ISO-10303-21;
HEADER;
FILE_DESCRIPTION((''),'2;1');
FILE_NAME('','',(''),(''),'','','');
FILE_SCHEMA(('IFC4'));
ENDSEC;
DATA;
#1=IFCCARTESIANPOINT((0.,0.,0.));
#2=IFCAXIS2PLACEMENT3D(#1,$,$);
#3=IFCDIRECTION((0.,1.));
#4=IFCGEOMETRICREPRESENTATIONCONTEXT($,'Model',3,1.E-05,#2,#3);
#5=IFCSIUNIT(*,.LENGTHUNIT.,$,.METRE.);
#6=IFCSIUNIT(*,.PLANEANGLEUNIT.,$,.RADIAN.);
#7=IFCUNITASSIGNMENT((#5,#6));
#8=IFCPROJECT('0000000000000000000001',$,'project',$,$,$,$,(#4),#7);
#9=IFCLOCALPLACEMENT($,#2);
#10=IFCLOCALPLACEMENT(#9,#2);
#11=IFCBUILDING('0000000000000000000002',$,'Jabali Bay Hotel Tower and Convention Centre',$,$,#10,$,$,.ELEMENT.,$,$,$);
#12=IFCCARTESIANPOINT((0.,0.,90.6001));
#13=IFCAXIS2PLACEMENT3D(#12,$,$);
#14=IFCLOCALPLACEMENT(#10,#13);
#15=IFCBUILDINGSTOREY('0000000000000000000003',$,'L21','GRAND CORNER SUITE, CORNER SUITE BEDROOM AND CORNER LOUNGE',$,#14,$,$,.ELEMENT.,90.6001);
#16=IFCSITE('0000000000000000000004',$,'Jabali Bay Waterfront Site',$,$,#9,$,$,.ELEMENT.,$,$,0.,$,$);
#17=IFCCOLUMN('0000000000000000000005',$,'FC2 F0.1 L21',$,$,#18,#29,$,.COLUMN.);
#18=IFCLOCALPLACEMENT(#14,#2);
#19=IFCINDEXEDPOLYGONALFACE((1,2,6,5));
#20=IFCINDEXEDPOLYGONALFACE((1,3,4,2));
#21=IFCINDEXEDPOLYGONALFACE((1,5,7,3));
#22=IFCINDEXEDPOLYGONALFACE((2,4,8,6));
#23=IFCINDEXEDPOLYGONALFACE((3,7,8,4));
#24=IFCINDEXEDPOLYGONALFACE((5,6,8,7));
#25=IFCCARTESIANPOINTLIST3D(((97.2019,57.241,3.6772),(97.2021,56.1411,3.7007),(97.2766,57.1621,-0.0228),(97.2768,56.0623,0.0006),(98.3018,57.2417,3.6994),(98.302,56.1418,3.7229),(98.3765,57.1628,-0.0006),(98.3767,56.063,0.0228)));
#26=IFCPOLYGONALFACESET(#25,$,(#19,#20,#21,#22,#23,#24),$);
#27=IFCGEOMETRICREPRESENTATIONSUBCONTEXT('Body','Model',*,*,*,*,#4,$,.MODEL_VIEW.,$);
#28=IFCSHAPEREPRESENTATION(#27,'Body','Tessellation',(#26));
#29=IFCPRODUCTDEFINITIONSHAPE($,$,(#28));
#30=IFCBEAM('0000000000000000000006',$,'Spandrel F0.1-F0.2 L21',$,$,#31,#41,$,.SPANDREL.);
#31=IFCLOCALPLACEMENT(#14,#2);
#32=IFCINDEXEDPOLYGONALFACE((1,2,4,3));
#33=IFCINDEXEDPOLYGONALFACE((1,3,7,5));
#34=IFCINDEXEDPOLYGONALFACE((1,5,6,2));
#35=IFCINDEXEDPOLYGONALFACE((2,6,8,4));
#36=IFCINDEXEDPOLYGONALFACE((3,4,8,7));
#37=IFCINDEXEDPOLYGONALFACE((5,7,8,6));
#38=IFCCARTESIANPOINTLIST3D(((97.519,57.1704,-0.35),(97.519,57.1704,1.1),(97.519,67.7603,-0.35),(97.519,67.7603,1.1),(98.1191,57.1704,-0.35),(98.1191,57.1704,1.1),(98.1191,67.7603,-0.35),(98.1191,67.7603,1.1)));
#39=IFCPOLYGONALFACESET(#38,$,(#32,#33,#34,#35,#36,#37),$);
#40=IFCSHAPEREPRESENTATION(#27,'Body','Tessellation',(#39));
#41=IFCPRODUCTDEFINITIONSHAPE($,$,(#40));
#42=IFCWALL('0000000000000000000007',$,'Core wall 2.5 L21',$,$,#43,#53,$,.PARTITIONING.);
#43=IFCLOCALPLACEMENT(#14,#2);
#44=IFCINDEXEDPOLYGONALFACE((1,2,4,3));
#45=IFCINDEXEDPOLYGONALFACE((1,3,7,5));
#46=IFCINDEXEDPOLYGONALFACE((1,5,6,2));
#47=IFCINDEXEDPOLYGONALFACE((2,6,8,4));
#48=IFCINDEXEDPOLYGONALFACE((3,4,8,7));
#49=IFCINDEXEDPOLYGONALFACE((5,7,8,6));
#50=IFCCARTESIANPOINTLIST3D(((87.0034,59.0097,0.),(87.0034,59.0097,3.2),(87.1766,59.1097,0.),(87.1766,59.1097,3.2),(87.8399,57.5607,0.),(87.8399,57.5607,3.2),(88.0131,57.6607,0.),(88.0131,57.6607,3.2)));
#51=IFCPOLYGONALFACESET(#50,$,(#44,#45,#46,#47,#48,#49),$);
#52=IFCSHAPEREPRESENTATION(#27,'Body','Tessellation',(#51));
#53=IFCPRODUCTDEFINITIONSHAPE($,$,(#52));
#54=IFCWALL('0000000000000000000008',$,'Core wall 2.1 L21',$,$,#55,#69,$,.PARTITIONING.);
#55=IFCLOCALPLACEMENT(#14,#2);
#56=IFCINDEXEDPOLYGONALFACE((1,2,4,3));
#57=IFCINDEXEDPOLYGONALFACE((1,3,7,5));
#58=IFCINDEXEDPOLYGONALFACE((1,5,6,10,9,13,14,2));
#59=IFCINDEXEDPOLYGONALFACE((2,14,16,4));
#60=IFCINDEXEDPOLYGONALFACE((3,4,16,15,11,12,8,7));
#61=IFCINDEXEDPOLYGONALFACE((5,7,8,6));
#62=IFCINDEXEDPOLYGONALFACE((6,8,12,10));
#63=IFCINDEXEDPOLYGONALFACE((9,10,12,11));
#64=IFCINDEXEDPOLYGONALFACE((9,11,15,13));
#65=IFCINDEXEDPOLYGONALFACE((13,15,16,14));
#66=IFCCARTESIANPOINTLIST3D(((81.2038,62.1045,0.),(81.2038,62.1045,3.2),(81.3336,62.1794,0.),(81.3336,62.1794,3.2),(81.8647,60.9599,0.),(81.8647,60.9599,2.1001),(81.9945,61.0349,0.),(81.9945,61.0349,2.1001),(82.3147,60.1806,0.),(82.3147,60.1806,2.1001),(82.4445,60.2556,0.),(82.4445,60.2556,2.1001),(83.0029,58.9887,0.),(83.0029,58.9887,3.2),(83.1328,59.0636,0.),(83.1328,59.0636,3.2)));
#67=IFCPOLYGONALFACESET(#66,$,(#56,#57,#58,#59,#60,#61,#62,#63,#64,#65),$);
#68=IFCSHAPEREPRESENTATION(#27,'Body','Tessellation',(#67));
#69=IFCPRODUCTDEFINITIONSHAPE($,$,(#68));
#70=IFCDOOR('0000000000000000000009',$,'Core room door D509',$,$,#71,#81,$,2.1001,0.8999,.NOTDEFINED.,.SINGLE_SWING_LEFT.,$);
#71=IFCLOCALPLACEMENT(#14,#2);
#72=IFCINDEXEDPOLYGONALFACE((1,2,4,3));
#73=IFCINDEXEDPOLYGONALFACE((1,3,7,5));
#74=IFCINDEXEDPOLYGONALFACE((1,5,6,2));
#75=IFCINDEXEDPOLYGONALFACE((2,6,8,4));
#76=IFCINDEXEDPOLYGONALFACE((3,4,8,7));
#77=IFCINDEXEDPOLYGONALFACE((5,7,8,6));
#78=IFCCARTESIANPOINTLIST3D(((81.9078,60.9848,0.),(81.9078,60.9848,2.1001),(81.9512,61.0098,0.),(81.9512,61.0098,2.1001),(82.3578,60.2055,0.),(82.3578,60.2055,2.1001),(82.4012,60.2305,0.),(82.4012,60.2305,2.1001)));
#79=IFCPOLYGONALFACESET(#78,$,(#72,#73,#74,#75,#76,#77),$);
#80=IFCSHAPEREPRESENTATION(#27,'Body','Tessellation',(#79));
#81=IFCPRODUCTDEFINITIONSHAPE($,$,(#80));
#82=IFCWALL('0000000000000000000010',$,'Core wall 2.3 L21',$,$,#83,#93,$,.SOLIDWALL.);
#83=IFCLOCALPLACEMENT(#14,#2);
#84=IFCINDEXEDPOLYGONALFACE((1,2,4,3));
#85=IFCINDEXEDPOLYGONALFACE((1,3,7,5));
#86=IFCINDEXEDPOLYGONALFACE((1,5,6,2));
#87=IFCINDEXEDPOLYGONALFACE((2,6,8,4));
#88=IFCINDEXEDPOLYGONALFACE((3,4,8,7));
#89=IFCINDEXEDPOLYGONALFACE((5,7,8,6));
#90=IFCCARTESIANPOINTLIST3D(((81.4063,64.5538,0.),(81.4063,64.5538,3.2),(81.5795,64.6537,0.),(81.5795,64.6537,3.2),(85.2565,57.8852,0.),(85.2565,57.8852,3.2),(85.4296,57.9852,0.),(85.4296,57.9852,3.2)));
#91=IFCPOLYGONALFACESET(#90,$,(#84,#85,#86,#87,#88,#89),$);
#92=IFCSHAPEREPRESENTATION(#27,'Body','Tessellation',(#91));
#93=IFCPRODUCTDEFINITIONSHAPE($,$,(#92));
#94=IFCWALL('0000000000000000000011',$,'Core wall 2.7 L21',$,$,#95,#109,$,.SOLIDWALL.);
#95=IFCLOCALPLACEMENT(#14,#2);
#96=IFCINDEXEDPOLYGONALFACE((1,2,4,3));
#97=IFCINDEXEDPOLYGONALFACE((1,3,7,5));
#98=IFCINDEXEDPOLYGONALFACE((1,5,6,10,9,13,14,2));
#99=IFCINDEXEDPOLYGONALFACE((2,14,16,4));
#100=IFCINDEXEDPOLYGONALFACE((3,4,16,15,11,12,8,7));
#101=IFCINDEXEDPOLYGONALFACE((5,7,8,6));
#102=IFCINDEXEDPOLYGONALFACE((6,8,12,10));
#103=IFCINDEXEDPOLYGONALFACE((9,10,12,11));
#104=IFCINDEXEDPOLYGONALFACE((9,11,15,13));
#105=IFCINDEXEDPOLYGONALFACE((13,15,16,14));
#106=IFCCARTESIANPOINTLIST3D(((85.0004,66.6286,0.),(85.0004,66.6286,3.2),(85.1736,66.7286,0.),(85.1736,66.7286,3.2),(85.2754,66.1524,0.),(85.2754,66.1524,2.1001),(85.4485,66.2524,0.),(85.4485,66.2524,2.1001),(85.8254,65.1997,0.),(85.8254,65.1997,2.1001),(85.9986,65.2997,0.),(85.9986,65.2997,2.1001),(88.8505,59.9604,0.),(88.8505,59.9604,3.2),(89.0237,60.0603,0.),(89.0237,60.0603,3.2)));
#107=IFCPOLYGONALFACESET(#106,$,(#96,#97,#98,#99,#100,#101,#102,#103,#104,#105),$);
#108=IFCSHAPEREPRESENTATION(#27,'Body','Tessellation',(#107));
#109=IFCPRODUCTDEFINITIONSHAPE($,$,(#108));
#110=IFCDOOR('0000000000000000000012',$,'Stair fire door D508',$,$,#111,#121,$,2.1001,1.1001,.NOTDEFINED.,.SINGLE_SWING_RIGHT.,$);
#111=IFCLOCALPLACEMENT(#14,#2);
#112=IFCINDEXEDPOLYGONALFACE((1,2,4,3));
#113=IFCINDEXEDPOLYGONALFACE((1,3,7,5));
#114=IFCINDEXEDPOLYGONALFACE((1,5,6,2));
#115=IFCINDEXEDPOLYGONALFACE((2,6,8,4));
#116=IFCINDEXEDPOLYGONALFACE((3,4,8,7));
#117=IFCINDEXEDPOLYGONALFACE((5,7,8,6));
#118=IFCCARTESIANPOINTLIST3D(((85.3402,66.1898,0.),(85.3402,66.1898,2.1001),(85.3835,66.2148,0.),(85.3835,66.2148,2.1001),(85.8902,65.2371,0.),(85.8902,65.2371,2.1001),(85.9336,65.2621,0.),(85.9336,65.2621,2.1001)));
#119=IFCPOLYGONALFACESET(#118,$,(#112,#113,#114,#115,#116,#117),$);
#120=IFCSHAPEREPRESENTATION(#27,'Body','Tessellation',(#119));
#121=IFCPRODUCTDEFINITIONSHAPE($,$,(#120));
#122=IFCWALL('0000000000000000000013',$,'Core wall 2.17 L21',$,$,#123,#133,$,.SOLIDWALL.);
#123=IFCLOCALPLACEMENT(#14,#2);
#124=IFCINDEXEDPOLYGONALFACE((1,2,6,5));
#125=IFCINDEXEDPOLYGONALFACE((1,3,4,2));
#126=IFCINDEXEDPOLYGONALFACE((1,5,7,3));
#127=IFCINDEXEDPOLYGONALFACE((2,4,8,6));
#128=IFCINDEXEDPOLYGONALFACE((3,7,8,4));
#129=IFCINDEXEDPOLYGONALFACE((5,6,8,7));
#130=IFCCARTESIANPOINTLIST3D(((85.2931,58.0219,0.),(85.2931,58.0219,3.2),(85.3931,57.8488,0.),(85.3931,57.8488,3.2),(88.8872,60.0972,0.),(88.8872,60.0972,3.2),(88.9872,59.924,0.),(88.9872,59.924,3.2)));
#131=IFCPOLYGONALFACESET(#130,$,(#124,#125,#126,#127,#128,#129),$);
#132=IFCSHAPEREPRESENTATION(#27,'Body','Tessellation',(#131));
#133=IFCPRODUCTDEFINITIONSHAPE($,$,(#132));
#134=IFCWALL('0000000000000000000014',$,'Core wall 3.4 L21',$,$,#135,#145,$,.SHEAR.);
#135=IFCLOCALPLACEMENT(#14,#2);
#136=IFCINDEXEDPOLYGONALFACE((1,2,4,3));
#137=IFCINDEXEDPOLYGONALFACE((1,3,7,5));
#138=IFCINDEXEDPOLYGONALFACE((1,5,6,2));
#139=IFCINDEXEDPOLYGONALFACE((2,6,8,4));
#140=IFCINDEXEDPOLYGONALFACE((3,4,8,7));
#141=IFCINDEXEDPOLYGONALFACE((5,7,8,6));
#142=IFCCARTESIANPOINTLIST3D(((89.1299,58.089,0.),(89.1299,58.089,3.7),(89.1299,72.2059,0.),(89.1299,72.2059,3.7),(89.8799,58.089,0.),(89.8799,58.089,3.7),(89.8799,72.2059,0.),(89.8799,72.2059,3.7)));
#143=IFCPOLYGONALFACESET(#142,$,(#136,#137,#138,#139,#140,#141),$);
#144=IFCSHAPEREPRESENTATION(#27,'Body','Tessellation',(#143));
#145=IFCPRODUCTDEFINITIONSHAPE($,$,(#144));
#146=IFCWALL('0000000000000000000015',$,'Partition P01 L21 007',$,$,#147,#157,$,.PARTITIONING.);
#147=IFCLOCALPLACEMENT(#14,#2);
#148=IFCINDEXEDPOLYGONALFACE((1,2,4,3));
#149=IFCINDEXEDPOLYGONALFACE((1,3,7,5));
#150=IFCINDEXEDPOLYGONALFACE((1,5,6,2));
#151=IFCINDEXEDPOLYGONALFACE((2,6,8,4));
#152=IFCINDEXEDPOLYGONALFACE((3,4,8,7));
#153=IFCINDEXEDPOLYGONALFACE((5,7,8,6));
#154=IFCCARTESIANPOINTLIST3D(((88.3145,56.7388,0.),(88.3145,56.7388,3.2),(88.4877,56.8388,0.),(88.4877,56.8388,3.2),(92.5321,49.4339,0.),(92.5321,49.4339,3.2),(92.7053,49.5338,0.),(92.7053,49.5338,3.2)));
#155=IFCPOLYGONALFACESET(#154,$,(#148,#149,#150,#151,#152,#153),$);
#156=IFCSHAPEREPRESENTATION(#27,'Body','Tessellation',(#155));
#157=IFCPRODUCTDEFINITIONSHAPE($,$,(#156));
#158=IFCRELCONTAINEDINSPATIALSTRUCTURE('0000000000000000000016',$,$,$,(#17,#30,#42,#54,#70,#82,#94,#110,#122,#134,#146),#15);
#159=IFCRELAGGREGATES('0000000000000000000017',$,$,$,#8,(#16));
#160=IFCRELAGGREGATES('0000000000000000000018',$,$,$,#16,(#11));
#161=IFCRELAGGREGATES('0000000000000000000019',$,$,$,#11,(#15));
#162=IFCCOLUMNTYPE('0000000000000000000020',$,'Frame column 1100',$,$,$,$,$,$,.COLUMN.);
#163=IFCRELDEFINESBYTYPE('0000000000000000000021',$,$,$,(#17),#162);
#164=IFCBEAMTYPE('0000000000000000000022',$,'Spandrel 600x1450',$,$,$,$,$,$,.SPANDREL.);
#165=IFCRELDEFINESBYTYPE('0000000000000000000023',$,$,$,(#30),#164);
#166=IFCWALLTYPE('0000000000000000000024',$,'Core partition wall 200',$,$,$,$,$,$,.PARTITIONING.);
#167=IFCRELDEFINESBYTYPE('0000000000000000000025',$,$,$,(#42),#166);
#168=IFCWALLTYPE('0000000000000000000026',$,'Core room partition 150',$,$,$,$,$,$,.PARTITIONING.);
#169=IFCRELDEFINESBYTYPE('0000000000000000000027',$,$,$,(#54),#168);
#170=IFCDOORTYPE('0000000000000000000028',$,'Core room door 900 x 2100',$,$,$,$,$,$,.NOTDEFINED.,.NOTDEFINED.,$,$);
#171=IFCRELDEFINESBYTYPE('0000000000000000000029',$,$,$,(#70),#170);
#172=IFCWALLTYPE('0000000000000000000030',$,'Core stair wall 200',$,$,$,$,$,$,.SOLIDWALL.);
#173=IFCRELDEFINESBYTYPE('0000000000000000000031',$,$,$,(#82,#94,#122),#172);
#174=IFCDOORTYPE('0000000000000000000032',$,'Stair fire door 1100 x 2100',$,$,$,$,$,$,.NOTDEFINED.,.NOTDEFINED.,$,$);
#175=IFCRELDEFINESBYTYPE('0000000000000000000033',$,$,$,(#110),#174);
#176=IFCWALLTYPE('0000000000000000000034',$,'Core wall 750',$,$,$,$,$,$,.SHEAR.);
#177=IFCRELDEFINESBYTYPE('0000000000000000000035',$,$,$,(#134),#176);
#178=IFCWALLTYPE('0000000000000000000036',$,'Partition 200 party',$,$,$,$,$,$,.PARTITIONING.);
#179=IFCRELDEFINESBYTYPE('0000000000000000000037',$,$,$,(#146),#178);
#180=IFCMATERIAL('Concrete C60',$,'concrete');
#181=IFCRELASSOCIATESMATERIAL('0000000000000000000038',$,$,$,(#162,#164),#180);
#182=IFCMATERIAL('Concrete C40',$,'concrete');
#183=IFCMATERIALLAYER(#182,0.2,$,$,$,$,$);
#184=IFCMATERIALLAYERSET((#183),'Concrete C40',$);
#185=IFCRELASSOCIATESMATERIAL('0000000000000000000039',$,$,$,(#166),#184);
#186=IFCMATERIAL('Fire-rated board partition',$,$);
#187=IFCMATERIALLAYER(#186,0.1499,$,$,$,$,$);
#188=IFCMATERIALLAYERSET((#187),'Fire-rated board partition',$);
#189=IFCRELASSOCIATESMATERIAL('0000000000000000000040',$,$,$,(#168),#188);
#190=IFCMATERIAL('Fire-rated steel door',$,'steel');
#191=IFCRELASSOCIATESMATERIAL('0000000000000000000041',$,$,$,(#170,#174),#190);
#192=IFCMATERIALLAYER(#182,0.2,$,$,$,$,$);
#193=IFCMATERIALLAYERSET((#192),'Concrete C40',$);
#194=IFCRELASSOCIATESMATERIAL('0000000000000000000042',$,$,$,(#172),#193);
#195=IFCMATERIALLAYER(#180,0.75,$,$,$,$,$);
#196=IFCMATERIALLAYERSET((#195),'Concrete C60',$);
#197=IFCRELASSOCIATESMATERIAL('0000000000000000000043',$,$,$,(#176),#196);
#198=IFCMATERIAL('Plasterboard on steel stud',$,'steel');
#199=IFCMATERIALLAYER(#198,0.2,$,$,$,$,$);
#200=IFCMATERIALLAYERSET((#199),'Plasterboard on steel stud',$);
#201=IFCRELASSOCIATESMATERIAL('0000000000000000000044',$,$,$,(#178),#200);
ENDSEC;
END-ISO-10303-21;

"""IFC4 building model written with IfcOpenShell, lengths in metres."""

from ifc_helpers import new_model, si_unit, direction, frame, frame_2d, origin, origin_2d, place, context, subcontext, project, spatial, rectangle, extrude, material, layer, layer_set, material_profile, profile_set, type_object, element, fill, save


model = new_model("IFC4")

# Units and contexts
model_context = context("Model", 3, precision=1e-05, world=origin(), true_north=direction((0.0, 1.0)))
body_context = subcontext(model_context, "Body", "Model", "MODEL_VIEW")
ifc_project = project(units=[si_unit("LENGTHUNIT", "METRE"), si_unit("PLANEANGLEUNIT", "RADIAN")], contexts=[model_context])

# Site, building, storey
site_placement = place(None, origin())
site = spatial("IfcSite", under=ifc_project, at=site_placement, Name="Jabali Bay Waterfront Site", CompositionType="ELEMENT", RefElevation=0.0)
building_placement = place(site_placement, origin())
building = spatial("IfcBuilding", under=site, at=building_placement, Name="Jabali Bay Hotel Tower and Convention Centre", CompositionType="ELEMENT")
storey_placement = place(building_placement, frame((0.0, 0.0, 90.6001)))
storey = spatial("IfcBuildingStorey", under=building, at=storey_placement, Name="L21", Description="GRAND CORNER SUITE, CORNER SUITE BEDROOM AND CORNER LOUNGE", CompositionType="ELEMENT", Elevation=90.6001)

# Column
ifc_material_1 = material(Name="Concrete C60", Category="concrete")
ifc_material_profile_1 = material_profile(ifc_material_1, rectangle(XDim=1.1001, YDim=1.1001, at=origin_2d()), Name="Frame column 1100")
ifc_profile_set_1 = profile_set([ifc_material_profile_1], Name="Concrete C60")
column_type = type_object("IfcColumnType", Name="Frame column 1100", PredefinedType="COLUMN", material=ifc_profile_set_1)
column_placement = place(storey_placement, frame((97.8267, 56.6125, 0.0), z_axis=(-0.020183, 0.021304, 0.999569), x_axis=(0.000228, -0.999773, 0.021313)))
element("IfcColumn", 1, at=column_placement, inside=storey, type_object=column_type, Name="FC2 F0.1 L21", PredefinedType="COLUMN", context=body_context, shape_type="SweptSolid", body=[
    extrude(rectangle(XDim=1.1001, YDim=1.1001, at=origin_2d()), origin(), (0.0, 0.0, 1.0), 3.7017),
])

# Beam
ifc_material_profile_2 = material_profile(ifc_material_1, rectangle(XDim=0.6001, YDim=1.45, at=origin_2d()), Name="Spandrel 600x1450")
ifc_profile_set_2 = profile_set([ifc_material_profile_2], Name="Concrete C60")
beam_type = type_object("IfcBeamType", Name="Spandrel 600x1450", PredefinedType="SPANDREL", material=ifc_profile_set_2)
beam_placement = place(storey_placement, frame((97.8191, 57.1704, 0.375), z_axis=(0.0, 1.0, 0.0), x_axis=(-1.0, 0.0, 0.0)))
element("IfcBeam", 2, at=beam_placement, inside=storey, type_object=beam_type, Name="Spandrel F0.1-F0.2 L21", PredefinedType="SPANDREL", context=body_context, shape_type="SweptSolid", body=[
    extrude(rectangle(XDim=0.6001, YDim=1.45, at=origin_2d()), origin(), (0.0, 0.0, 1.0), 10.5898),
])

# Wall
ifc_material_2 = material(Name="Concrete C40", Category="concrete")
ifc_layer_1 = layer(ifc_material_2, 0.2)
ifc_layer_set_1 = layer_set([ifc_layer_1], Name="Concrete C40")
wall_type_1 = type_object("IfcWallType", Name="Core partition wall 200", PredefinedType="PARTITIONING", material=ifc_layer_set_1)
wall_1_placement = place(storey_placement, frame((87.0901, 59.0596, 0.0), z_axis=(0.0, 0.0, 1.0), x_axis=(0.499937, -0.866062, 0.0)))
element("IfcWall", 3, at=wall_1_placement, inside=storey, type_object=wall_type_1, Name="Core wall 2.5 L21", PredefinedType="PARTITIONING", context=body_context, shape_type="SweptSolid", body=[
    extrude(rectangle(XDim=1.6731, YDim=0.2, at=frame_2d((0.8364, 0.0))), origin(), (0.0, 0.0, 1.0), 3.2),
])

# Wall, opening, door
ifc_material_3 = material(Name="Fire-rated board partition")
ifc_layer_2 = layer(ifc_material_3, 0.1499)
ifc_layer_set_2 = layer_set([ifc_layer_2], Name="Fire-rated board partition")
wall_type_2 = type_object("IfcWallType", Name="Core room partition 150", PredefinedType="PARTITIONING", material=ifc_layer_set_2)
wall_2_placement = place(storey_placement, frame((81.2688, 62.1418, 0.0), z_axis=(0.0, 0.0, 1.0), x_axis=(0.500044, -0.866, 0.0)))
wall_2 = element("IfcWall", 4, at=wall_2_placement, inside=storey, type_object=wall_type_2, Name="Core wall 2.1 L21", PredefinedType="PARTITIONING", context=body_context, shape_type="SweptSolid", body=[
    extrude(rectangle(XDim=3.5979, YDim=0.1499, at=frame_2d((1.7988, 0.0))), origin(), (0.0, 0.0, 1.0), 3.2),
])
opening_1_placement = place(wall_2_placement, frame((1.3215, 0.0, 0.0)))
opening_1 = element("IfcOpeningElement", 5, at=opening_1_placement, cuts=wall_2, PredefinedType="OPENING", context=body_context, shape_type="SweptSolid", body=[
    extrude(rectangle(XDim=0.8999, YDim=2.1001, at=frame_2d((0.45, 1.05))), frame((0.0, 0.0854, 0.0), z_axis=(0.0, -1.0, 0.0), x_axis=(1.0, 0.0, 0.0)), (0.0, 0.0, 1.0), 0.1709),
])
ifc_material_4 = material(Name="Fire-rated steel door", Category="steel")
door_type_1 = type_object("IfcDoorType", Name="Core room door 900 x 2100", OperationType="NOTDEFINED", PredefinedType="NOTDEFINED", material=ifc_material_4)
door_1_placement = place(opening_1_placement, origin())
door_1 = element("IfcDoor", 6, at=door_1_placement, inside=storey, type_object=door_type_1, Name="Core room door D509", OperationType="SINGLE_SWING_LEFT", OverallHeight=2.1001, OverallWidth=0.8999, PredefinedType="NOTDEFINED", context=body_context, shape_type="SweptSolid", body=[
    extrude(rectangle(XDim=0.8999, YDim=2.1001, at=frame_2d((0.45, 1.05))), frame((0.0, 0.0249, 0.0), z_axis=(0.0, -1.0, 0.0), x_axis=(1.0, 0.0, 0.0)), (0.0, 0.0, 1.0), 0.05),
])
fill(opening_1, door_1)

# Wall
ifc_layer_3 = layer(ifc_material_2, 0.2)
ifc_layer_set_3 = layer_set([ifc_layer_3], Name="Concrete C40")
wall_type_3 = type_object("IfcWallType", Name="Core stair wall 200", PredefinedType="SOLIDWALL", material=ifc_layer_set_3)
wall_3_placement = place(storey_placement, frame((81.4929, 64.6038, 0.0), z_axis=(0.0, 0.0, 1.0), x_axis=(0.500006, -0.866022, 0.0)))
element("IfcWall", 7, at=wall_3_placement, inside=storey, type_object=wall_type_3, Name="Core wall 2.3 L21", PredefinedType="SOLIDWALL", context=body_context, shape_type="SweptSolid", body=[
    extrude(rectangle(XDim=7.7002, YDim=0.2, at=frame_2d((3.8501, 0.0))), origin(), (0.0, 0.0, 1.0), 3.2),
])

# Wall, opening, door
wall_4_placement = place(storey_placement, frame((85.0869, 66.6787, 0.0), z_axis=(0.0, 0.0, 1.0), x_axis=(0.50002, -0.866014, 0.0)))
wall_4 = element("IfcWall", 8, at=wall_4_placement, inside=storey, type_object=wall_type_3, Name="Core wall 2.7 L21", PredefinedType="SOLIDWALL", context=body_context, shape_type="SweptSolid", body=[
    extrude(rectangle(XDim=7.7, YDim=0.2, at=frame_2d((3.8501, 0.0))), origin(), (0.0, 0.0, 1.0), 3.2),
])
opening_2_placement = place(wall_4_placement, frame((0.55, 0.0, 0.0)))
opening_2 = element("IfcOpeningElement", 9, at=opening_2_placement, cuts=wall_4, PredefinedType="OPENING", context=body_context, shape_type="SweptSolid", body=[
    extrude(rectangle(XDim=1.1001, YDim=2.1001, at=frame_2d((0.55, 1.05))), frame((0.0, 0.1104, 0.0), z_axis=(0.0, -1.0, 0.0), x_axis=(1.0, 0.0, 0.0)), (0.0, 0.0, 1.0), 0.2209),
])
door_type_2 = type_object("IfcDoorType", Name="Stair fire door 1100 x 2100", OperationType="NOTDEFINED", PredefinedType="NOTDEFINED", material=ifc_material_4)
door_2_placement = place(opening_2_placement, origin())
door_2 = element("IfcDoor", 10, at=door_2_placement, inside=storey, type_object=door_type_2, Name="Stair fire door D508", OperationType="SINGLE_SWING_RIGHT", OverallHeight=2.1001, OverallWidth=1.1001, PredefinedType="NOTDEFINED", context=body_context, shape_type="SweptSolid", body=[
    extrude(rectangle(XDim=1.1001, YDim=2.1001, at=frame_2d((0.55, 1.05))), frame((0.0, 0.0249, 0.0), z_axis=(0.0, -1.0, 0.0), x_axis=(1.0, 0.0, 0.0)), (0.0, 0.0, 1.0), 0.05),
])
fill(opening_2, door_2)

# Walls
wall_5_placement = place(storey_placement, frame((85.343, 57.9353, 0.0), z_axis=(0.0, 0.0, 1.0), x_axis=(0.866004, 0.500036, 0.0)))
element("IfcWall", 11, at=wall_5_placement, inside=storey, type_object=wall_type_3, Name="Core wall 2.17 L21", PredefinedType="SOLIDWALL", context=body_context, shape_type="SweptSolid", body=[
    extrude(rectangle(XDim=4.1501, YDim=0.2, at=frame_2d((2.0752, 0.0))), origin(), (0.0, 0.0, 1.0), 3.2),
])
ifc_layer_4 = layer(ifc_material_1, 0.75)
ifc_layer_set_4 = layer_set([ifc_layer_4], Name="Concrete C60")
wall_type_4 = type_object("IfcWallType", Name="Core wall 750", PredefinedType="SHEAR", material=ifc_layer_set_4)
wall_6_placement = place(storey_placement, frame((89.5049, 58.0889, 0.0), z_axis=(0.0, 0.0, 1.0), x_axis=(0.0, 1.0, 0.0)))
element("IfcWall", 12, at=wall_6_placement, inside=storey, type_object=wall_type_4, Name="Core wall 3.4 L21", PredefinedType="SHEAR", context=body_context, shape_type="SweptSolid", body=[
    extrude(rectangle(XDim=14.1169, YDim=0.75, at=frame_2d((7.0586, 0.0))), origin(), (0.0, 0.0, 1.0), 3.7),
])
ifc_material_5 = material(Name="Plasterboard on steel stud", Category="steel")
ifc_layer_5 = layer(ifc_material_5, 0.2)
ifc_layer_set_5 = layer_set([ifc_layer_5], Name="Plasterboard on steel stud")
wall_type_5 = type_object("IfcWallType", Name="Partition 200 party", PredefinedType="PARTITIONING", material=ifc_layer_set_5)
wall_7_placement = place(storey_placement, frame((88.4011, 56.7888, 0.0), z_axis=(0.0, 0.0, 1.0), x_axis=(0.500002, -0.866024, 0.0)))
element("IfcWall", 13, at=wall_7_placement, inside=storey, type_object=wall_type_5, Name="Partition P01 L21 007", PredefinedType="PARTITIONING", context=body_context, shape_type="SweptSolid", body=[
    extrude(rectangle(XDim=8.4351, YDim=0.2, at=frame_2d((4.2175, 0.0))), origin(), (0.0, 0.0, 1.0), 3.2),
])

save(model, "model.ifc")
